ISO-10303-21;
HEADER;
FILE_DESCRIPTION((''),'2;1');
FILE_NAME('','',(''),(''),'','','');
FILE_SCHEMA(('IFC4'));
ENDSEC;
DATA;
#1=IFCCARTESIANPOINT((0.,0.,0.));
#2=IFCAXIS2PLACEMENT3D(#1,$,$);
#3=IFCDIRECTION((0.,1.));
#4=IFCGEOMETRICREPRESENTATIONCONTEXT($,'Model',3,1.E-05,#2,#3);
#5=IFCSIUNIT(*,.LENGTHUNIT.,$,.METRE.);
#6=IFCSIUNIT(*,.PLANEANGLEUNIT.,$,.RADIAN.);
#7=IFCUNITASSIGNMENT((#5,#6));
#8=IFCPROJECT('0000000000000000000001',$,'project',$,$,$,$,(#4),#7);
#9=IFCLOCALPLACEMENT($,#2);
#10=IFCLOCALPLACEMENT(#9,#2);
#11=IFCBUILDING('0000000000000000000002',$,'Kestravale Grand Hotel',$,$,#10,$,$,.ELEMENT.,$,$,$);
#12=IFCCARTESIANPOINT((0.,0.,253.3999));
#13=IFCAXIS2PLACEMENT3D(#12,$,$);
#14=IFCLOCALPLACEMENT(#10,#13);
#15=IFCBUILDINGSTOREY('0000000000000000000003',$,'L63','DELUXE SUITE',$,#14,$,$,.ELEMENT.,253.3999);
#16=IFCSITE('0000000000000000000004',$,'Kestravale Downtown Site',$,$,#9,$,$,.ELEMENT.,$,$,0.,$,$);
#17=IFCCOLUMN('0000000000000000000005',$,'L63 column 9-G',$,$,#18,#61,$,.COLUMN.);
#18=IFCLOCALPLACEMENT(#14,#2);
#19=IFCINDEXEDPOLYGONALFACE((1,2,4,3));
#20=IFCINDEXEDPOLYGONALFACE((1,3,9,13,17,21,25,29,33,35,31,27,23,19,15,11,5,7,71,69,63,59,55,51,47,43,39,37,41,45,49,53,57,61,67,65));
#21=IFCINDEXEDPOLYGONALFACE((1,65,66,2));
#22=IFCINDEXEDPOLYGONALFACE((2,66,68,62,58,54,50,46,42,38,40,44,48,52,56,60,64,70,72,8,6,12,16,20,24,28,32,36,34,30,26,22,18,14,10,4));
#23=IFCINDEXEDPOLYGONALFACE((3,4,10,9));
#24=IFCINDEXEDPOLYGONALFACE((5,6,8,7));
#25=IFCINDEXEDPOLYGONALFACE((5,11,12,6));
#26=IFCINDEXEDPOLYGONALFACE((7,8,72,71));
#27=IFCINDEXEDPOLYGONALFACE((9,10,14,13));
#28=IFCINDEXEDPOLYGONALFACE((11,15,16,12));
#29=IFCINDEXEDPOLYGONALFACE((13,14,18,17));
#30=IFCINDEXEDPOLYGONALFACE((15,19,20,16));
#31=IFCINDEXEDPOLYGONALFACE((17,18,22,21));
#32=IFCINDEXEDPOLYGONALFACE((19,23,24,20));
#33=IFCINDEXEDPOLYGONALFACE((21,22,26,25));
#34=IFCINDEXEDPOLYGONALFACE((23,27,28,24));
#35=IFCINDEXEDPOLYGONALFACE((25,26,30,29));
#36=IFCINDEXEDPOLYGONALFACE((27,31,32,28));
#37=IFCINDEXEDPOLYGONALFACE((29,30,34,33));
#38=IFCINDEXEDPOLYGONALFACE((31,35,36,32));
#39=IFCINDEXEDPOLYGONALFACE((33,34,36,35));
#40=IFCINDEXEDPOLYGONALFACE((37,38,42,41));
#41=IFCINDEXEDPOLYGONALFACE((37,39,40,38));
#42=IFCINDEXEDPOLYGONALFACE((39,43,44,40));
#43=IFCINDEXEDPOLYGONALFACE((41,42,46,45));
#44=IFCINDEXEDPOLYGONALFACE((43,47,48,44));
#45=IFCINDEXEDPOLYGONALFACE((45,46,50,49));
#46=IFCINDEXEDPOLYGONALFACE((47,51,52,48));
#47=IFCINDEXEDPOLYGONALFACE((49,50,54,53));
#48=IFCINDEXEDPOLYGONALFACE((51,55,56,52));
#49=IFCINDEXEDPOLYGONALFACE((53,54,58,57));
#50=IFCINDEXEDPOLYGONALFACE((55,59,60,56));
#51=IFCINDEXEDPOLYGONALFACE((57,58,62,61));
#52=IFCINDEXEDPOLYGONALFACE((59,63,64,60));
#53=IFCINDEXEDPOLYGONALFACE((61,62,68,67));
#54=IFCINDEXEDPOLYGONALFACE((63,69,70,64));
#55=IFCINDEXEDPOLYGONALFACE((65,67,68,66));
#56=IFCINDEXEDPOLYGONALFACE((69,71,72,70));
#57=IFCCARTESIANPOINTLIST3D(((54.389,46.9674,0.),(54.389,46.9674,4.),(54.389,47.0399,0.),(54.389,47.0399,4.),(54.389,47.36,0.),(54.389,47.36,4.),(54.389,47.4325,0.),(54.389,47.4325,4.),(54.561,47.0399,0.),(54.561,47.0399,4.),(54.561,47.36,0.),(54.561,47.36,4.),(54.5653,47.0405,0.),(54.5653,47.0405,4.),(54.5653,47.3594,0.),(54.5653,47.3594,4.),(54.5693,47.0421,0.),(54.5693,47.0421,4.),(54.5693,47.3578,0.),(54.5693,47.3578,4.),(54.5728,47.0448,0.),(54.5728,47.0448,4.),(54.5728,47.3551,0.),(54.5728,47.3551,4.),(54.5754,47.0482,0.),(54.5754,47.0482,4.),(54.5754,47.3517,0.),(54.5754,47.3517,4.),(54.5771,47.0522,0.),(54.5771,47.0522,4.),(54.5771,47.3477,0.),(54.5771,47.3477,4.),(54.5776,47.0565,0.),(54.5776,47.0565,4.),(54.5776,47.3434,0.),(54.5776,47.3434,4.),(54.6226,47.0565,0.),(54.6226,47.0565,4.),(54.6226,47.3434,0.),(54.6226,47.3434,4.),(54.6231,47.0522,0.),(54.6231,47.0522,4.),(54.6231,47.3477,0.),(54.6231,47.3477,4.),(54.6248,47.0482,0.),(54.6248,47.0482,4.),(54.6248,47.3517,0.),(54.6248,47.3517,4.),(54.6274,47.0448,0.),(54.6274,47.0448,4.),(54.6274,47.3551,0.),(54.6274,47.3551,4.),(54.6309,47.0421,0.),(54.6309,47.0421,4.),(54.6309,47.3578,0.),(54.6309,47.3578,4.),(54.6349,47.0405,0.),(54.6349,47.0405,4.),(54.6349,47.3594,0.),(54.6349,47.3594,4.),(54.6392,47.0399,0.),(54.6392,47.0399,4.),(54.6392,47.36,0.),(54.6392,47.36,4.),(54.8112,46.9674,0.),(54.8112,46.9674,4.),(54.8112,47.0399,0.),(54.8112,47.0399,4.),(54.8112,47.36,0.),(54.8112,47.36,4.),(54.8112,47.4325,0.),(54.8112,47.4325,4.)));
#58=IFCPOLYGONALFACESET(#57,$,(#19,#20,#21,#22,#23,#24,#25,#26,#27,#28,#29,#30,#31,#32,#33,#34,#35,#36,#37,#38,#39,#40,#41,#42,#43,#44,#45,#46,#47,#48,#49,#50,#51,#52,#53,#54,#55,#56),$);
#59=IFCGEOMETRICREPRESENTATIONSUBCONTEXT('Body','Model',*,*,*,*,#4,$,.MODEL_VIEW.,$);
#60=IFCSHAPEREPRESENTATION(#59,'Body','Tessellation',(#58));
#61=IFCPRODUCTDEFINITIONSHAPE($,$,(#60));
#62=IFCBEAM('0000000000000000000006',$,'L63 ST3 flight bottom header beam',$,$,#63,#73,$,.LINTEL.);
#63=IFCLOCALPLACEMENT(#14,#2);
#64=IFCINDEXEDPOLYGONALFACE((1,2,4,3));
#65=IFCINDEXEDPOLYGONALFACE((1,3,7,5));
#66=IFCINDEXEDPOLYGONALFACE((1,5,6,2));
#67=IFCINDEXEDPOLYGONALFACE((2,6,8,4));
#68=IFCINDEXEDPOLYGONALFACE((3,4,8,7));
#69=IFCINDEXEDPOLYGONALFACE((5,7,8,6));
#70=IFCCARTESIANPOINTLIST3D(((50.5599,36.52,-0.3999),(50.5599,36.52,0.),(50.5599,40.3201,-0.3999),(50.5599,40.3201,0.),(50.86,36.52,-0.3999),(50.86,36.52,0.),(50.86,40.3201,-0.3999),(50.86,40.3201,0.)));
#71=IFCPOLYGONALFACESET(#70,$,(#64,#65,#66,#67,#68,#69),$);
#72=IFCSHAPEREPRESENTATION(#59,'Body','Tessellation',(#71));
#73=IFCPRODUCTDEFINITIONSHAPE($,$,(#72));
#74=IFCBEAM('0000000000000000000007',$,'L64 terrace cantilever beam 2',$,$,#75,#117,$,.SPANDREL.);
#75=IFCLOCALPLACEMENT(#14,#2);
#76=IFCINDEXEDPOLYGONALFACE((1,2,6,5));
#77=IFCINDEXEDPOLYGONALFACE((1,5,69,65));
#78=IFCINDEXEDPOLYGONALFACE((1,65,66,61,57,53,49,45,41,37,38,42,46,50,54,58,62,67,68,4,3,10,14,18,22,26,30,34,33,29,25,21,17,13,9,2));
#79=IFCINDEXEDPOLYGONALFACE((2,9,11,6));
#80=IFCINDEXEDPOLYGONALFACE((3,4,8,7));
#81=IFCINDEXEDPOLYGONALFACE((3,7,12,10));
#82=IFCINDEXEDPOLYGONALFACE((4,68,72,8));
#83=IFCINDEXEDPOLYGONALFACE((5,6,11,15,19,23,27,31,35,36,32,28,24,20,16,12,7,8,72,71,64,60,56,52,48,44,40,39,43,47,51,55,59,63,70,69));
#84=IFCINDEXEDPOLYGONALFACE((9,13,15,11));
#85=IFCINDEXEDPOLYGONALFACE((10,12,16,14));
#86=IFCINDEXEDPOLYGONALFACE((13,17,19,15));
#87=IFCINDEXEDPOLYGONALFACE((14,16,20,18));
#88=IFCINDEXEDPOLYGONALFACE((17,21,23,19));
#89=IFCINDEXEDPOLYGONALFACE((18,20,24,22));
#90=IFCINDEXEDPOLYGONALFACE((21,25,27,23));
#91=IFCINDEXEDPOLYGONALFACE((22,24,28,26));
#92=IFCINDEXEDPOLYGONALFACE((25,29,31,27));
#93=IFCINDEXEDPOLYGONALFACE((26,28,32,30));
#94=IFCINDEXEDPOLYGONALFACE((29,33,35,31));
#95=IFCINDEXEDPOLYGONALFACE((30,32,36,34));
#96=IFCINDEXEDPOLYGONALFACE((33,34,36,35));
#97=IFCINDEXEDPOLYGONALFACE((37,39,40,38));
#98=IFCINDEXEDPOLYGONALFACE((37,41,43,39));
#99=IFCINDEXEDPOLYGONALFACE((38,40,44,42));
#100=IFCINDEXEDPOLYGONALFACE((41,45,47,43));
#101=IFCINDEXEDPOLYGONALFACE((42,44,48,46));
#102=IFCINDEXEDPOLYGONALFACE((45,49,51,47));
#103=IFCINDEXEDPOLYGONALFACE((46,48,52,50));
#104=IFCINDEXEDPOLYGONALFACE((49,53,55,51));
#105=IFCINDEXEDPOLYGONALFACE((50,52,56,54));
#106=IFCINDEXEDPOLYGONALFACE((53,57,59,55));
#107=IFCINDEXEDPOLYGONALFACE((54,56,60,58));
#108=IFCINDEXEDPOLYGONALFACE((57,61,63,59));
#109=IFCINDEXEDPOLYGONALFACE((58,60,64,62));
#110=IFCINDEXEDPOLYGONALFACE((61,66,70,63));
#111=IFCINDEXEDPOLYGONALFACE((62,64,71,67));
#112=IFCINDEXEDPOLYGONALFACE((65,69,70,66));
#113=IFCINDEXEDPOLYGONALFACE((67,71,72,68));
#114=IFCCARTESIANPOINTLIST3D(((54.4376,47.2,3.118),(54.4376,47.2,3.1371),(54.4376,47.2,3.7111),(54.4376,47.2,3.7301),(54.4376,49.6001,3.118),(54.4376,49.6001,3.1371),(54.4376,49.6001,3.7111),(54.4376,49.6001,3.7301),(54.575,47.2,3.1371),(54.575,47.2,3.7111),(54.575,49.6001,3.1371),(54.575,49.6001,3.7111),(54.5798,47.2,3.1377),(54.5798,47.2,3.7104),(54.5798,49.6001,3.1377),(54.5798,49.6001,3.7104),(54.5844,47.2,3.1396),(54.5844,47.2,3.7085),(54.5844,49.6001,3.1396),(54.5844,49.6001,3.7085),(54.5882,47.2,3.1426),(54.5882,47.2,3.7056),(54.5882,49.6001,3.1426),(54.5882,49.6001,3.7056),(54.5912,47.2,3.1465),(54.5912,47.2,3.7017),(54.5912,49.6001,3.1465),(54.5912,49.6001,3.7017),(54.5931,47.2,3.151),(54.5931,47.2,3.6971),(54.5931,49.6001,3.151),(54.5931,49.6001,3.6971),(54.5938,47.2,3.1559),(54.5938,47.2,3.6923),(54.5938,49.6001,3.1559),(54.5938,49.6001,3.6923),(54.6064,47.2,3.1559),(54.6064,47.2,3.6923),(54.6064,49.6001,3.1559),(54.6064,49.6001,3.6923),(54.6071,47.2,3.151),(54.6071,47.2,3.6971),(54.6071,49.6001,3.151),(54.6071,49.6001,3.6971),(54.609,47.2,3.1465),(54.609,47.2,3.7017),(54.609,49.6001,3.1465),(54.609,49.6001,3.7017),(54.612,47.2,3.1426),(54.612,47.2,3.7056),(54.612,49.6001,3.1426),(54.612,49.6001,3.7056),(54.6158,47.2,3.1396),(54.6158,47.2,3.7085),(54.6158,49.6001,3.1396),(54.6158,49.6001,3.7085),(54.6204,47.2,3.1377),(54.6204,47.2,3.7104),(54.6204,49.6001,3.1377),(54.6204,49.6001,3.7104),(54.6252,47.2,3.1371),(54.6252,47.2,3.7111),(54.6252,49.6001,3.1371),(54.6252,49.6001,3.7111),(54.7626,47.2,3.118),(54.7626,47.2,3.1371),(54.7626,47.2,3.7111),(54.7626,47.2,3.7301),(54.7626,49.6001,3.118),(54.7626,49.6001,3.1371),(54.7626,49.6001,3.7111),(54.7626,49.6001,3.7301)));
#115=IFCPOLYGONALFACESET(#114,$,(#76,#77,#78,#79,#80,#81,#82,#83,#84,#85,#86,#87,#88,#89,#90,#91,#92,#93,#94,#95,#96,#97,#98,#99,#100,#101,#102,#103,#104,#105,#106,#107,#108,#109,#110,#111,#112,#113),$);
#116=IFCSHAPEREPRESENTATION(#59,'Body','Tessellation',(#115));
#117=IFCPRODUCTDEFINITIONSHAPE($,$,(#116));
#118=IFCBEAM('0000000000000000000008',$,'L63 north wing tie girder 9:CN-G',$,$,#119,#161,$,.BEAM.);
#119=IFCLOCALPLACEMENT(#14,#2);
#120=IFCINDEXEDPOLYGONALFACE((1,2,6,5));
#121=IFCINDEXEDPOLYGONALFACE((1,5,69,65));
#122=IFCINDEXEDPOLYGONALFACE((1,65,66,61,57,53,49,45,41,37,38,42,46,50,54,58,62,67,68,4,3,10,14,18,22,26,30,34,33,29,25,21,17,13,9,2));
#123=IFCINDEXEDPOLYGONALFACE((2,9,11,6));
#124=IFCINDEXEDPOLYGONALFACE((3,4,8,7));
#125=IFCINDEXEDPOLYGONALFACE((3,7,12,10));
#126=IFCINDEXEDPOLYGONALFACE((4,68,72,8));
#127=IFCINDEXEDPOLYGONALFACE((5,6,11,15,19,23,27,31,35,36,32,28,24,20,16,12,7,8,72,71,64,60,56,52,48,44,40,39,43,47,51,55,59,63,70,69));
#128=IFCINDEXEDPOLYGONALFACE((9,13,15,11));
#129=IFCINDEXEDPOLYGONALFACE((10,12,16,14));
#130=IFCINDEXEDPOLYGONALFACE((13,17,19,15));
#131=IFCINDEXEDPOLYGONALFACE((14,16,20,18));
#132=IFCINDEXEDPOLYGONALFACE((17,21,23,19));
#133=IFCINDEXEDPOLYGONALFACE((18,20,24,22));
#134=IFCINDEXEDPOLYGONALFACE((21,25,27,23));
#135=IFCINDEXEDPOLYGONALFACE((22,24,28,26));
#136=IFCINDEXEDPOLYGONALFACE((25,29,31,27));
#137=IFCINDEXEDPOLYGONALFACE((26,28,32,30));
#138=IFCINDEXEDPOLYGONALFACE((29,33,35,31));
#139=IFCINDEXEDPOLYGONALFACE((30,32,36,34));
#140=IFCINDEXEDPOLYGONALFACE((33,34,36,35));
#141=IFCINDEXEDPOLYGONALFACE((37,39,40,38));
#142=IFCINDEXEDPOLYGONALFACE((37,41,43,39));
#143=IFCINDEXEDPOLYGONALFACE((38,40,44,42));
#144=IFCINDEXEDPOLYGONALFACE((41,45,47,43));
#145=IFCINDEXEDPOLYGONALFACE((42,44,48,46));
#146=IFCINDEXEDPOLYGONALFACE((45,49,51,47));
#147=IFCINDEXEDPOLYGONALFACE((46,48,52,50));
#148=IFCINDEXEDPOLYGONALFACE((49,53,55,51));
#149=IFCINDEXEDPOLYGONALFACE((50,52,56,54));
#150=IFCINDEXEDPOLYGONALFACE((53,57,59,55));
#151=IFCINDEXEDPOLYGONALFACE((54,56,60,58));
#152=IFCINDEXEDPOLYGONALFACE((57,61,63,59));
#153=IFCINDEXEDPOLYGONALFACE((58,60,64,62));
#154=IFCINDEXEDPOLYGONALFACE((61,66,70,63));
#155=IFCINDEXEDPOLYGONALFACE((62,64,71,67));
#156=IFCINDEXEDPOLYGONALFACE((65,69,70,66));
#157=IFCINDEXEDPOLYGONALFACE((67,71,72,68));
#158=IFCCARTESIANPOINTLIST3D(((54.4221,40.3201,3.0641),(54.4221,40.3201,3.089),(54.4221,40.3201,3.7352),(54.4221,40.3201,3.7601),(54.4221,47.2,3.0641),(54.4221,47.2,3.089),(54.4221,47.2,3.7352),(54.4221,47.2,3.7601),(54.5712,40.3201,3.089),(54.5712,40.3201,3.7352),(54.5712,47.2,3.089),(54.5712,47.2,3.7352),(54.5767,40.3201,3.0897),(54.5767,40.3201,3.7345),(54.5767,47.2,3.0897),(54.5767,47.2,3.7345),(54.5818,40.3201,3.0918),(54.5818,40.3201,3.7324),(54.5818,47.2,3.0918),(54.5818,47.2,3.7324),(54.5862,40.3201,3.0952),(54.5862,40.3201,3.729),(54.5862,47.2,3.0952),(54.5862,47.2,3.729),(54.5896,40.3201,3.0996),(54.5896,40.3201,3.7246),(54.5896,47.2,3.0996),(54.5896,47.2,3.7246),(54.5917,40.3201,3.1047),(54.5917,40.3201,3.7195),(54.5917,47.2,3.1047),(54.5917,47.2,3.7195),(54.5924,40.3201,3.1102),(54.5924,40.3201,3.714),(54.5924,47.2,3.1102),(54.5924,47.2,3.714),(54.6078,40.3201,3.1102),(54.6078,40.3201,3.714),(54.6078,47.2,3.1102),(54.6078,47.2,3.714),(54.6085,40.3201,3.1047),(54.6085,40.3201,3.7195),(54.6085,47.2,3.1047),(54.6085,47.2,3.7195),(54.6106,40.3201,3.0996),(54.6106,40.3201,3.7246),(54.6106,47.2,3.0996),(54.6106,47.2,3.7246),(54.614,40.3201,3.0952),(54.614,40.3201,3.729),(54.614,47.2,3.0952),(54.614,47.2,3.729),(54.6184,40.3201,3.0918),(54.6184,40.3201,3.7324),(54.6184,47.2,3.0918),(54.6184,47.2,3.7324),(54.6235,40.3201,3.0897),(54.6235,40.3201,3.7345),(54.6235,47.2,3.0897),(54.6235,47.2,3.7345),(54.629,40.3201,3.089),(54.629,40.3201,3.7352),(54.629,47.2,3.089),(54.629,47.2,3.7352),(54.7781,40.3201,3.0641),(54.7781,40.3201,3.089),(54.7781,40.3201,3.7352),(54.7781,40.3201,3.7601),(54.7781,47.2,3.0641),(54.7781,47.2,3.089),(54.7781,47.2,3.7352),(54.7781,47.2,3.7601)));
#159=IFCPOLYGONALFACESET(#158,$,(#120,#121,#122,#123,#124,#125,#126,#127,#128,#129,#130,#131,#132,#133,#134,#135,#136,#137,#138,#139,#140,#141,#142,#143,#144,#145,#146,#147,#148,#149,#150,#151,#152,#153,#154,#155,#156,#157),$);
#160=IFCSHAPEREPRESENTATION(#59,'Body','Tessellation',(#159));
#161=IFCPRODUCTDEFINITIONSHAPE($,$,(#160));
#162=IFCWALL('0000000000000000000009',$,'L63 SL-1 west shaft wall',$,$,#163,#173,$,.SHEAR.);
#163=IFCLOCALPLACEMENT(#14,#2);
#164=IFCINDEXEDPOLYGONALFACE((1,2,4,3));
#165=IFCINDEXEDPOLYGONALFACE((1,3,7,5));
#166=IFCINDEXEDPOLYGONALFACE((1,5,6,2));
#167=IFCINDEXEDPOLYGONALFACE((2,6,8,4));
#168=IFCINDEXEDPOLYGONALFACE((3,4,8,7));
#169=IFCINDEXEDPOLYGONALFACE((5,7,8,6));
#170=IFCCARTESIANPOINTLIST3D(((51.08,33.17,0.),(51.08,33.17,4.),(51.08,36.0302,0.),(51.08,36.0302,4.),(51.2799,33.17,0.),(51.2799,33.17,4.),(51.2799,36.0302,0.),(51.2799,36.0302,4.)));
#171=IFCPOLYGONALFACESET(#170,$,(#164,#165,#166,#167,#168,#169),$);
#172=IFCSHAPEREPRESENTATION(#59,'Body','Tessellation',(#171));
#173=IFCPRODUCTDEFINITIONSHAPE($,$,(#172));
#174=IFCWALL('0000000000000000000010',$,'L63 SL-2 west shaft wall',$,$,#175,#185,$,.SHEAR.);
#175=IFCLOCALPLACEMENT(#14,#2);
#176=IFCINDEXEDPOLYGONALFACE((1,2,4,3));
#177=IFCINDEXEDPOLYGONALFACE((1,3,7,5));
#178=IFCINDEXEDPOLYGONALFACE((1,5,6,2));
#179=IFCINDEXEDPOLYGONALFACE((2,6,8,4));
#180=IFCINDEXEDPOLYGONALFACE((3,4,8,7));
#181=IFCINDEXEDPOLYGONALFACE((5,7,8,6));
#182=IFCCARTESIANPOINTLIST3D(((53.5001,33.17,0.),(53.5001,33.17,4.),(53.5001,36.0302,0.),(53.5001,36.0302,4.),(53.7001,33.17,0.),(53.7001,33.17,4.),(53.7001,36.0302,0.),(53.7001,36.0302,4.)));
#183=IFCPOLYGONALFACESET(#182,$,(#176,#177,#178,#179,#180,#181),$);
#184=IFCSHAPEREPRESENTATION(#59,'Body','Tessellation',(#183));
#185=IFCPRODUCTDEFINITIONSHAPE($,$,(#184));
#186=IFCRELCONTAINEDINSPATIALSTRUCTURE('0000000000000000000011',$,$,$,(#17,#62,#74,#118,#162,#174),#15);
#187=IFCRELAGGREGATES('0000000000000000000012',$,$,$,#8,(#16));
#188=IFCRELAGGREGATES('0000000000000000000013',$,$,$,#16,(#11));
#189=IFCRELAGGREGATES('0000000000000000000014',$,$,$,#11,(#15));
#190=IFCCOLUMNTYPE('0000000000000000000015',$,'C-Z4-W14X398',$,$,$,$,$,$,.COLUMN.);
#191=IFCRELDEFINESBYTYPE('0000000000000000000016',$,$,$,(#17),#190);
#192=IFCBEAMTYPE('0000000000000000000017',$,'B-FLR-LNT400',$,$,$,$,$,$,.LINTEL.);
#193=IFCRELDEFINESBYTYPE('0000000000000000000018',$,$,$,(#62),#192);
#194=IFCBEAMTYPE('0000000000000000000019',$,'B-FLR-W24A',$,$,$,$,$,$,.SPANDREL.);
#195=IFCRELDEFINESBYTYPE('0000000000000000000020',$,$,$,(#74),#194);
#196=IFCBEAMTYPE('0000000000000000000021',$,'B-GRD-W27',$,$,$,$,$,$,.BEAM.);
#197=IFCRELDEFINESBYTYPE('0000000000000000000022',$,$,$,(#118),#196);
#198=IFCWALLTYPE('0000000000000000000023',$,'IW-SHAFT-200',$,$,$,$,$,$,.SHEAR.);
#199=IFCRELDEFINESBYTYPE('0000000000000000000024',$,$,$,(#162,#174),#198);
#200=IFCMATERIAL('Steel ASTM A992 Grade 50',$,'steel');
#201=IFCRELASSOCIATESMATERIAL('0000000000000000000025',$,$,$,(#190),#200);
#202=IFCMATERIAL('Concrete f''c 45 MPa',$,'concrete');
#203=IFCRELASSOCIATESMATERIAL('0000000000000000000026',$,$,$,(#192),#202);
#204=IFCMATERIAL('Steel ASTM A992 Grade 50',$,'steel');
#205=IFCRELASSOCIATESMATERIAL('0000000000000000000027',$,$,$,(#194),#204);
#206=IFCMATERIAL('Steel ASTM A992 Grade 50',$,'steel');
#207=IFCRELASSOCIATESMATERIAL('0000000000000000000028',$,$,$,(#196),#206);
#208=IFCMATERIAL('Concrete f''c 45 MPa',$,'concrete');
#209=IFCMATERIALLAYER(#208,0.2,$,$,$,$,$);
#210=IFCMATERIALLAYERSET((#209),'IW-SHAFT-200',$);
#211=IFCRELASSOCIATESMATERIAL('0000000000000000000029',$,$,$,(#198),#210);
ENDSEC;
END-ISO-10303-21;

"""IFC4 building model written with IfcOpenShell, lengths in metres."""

from ifc_helpers import new_model, si_unit, direction, frame, frame_2d, origin, origin_2d, place, context, subcontext, project, spatial, rectangle, i_section, extrude, material, layer, layer_set, material_profile, profile_set, type_object, element, save


model = new_model("IFC4")

# Units and contexts
model_context = context("Model", 3, precision=1e-05, world=origin(), true_north=direction((0.0, 1.0)))
body_context = subcontext(model_context, "Body", "Model", "MODEL_VIEW")
ifc_project = project(units=[si_unit("LENGTHUNIT", "METRE"), si_unit("PLANEANGLEUNIT", "RADIAN")], contexts=[model_context])

# Site, building, storey
site_placement = place(None, origin())
site = spatial("IfcSite", under=ifc_project, at=site_placement, Name="Kestravale Downtown Site", CompositionType="ELEMENT", RefElevation=0.0)
building_placement = place(site_placement, origin())
building = spatial("IfcBuilding", under=site, at=building_placement, Name="Kestravale Grand Hotel", CompositionType="ELEMENT")
storey_placement = place(building_placement, frame((0.0, 0.0, 253.3999)))
storey = spatial("IfcBuildingStorey", under=building, at=storey_placement, Name="L63", Description="DELUXE SUITE", CompositionType="ELEMENT", Elevation=253.3999)

# Column
ifc_material_1 = material(Name="Steel ASTM A992 Grade 50", Category="steel")
ifc_material_profile_1 = material_profile(ifc_material_1, i_section(OverallWidth=0.4221, OverallDepth=0.4651, WebThickness=0.0449, FlangeThickness=0.0725, FilletRadius=0.0166, at=origin_2d()))
ifc_profile_set_1 = profile_set([ifc_material_profile_1], Name="Steel ASTM A992 Grade 50")
column_type = type_object("IfcColumnType", Name="C-Z4-W14X398", PredefinedType="COLUMN", material=ifc_profile_set_1)
column_placement = place(storey_placement, frame((54.6001, 47.2, 0.0), z_axis=(0.0, 0.0, 1.0), x_axis=(1.0, 0.0, 0.0)))
element("IfcColumn", 1, at=column_placement, inside=storey, type_object=column_type, Name="L63 column 9-G", PredefinedType="COLUMN", context=body_context, shape_type="SweptSolid", body=[
    extrude(i_section(OverallWidth=0.4221, OverallDepth=0.4651, WebThickness=0.0449, FlangeThickness=0.0725, FilletRadius=0.0166, at=origin_2d()), origin(), (0.0, 0.0, 1.0), 4.0),
])

# Beams
ifc_material_2 = material(Name="Concrete f'c 45 MPa", Category="concrete")
ifc_material_profile_2 = material_profile(ifc_material_2, rectangle(XDim=0.3, YDim=0.3999, at=origin_2d()))
ifc_profile_set_2 = profile_set([ifc_material_profile_2], Name="Concrete f'c 45 MPa")
beam_type_1 = type_object("IfcBeamType", Name="B-FLR-LNT400", PredefinedType="LINTEL", material=ifc_profile_set_2)
beam_1_placement = place(storey_placement, frame((50.71, 36.52, -0.2), z_axis=(0.0, 1.0, 0.0), x_axis=(-1.0, 0.0, 0.0)))
element("IfcBeam", 2, at=beam_1_placement, inside=storey, type_object=beam_type_1, Name="L63 ST3 flight bottom header beam", PredefinedType="LINTEL", context=body_context, shape_type="SweptSolid", body=[
    extrude(rectangle(XDim=0.3, YDim=0.3999, at=origin_2d()), origin(), (0.0, 0.0, 1.0), 3.8),
])
ifc_material_3 = material(Name="Steel ASTM A992 Grade 50", Category="steel")
ifc_material_profile_3 = material_profile(ifc_material_3, i_section(OverallWidth=0.325, OverallDepth=0.6121, WebThickness=0.0127, FlangeThickness=0.019, FilletRadius=0.0188, at=origin_2d()))
ifc_profile_set_3 = profile_set([ifc_material_profile_3], Name="Steel ASTM A992 Grade 50")
beam_type_2 = type_object("IfcBeamType", Name="B-FLR-W24A", PredefinedType="SPANDREL", material=ifc_profile_set_3)
beam_2_placement = place(storey_placement, frame((54.6001, 47.2, 3.4241), z_axis=(0.0, 1.0, 0.0), x_axis=(-1.0, 0.0, 0.0)))
element("IfcBeam", 3, at=beam_2_placement, inside=storey, type_object=beam_type_2, Name="L64 terrace cantilever beam 2", PredefinedType="SPANDREL", context=body_context, shape_type="SweptSolid", body=[
    extrude(i_section(OverallWidth=0.325, OverallDepth=0.6121, WebThickness=0.0127, FlangeThickness=0.019, FilletRadius=0.0188, at=origin_2d()), origin(), (0.0, 0.0, 1.0), 2.4001),
])
ifc_material_4 = material(Name="Steel ASTM A992 Grade 50", Category="steel")
ifc_material_profile_4 = material_profile(ifc_material_4, i_section(OverallWidth=0.356, OverallDepth=0.696, WebThickness=0.0154, FlangeThickness=0.0249, FilletRadius=0.0212, at=origin_2d()))
ifc_profile_set_4 = profile_set([ifc_material_profile_4], Name="Steel ASTM A992 Grade 50")
beam_type_3 = type_object("IfcBeamType", Name="B-GRD-W27", PredefinedType="BEAM", material=ifc_profile_set_4)
beam_3_placement = place(storey_placement, frame((54.6001, 40.3201, 3.4121), z_axis=(0.0, 1.0, 0.0), x_axis=(-1.0, 0.0, 0.0)))
element("IfcBeam", 4, at=beam_3_placement, inside=storey, type_object=beam_type_3, Name="L63 north wing tie girder 9:CN-G", PredefinedType="BEAM", context=body_context, shape_type="SweptSolid", body=[
    extrude(i_section(OverallWidth=0.356, OverallDepth=0.696, WebThickness=0.0154, FlangeThickness=0.0249, FilletRadius=0.0212, at=origin_2d()), origin(), (0.0, 0.0, 1.0), 6.8799),
])

# Walls
ifc_material_5 = material(Name="Concrete f'c 45 MPa", Category="concrete")
ifc_layer_1 = layer(ifc_material_5, 0.2)
ifc_layer_set_1 = layer_set([ifc_layer_1], Name="IW-SHAFT-200")
wall_type_1 = type_object("IfcWallType", Name="IW-SHAFT-200", PredefinedType="SHEAR", material=ifc_layer_set_1)
for number, where, z_axis, x_axis, name in (
    (5, (51.1799, 33.1699, 0.0), (0.0, 0.0, 1.0), (0.0, 1.0, 0.0), "L63 SL-1 west shaft wall"),
    (6, (53.6001, 33.1699, 0.0), (0.0, 0.0, 1.0), (0.0, 1.0, 0.0), "L63 SL-2 west shaft wall"),
):
    element("IfcWall", number, at=place(storey_placement, frame(where, z_axis=z_axis, x_axis=x_axis)), inside=storey, type_object=wall_type_1, Name=name, PredefinedType="SHEAR", context=body_context, shape_type="SweptSolid", body=[
        extrude(rectangle(XDim=2.8601, YDim=0.2, at=frame_2d((1.4302, 0.0))), origin(), (0.0, 0.0, 1.0), 4.0),
    ])

save(model, "model.ifc")
